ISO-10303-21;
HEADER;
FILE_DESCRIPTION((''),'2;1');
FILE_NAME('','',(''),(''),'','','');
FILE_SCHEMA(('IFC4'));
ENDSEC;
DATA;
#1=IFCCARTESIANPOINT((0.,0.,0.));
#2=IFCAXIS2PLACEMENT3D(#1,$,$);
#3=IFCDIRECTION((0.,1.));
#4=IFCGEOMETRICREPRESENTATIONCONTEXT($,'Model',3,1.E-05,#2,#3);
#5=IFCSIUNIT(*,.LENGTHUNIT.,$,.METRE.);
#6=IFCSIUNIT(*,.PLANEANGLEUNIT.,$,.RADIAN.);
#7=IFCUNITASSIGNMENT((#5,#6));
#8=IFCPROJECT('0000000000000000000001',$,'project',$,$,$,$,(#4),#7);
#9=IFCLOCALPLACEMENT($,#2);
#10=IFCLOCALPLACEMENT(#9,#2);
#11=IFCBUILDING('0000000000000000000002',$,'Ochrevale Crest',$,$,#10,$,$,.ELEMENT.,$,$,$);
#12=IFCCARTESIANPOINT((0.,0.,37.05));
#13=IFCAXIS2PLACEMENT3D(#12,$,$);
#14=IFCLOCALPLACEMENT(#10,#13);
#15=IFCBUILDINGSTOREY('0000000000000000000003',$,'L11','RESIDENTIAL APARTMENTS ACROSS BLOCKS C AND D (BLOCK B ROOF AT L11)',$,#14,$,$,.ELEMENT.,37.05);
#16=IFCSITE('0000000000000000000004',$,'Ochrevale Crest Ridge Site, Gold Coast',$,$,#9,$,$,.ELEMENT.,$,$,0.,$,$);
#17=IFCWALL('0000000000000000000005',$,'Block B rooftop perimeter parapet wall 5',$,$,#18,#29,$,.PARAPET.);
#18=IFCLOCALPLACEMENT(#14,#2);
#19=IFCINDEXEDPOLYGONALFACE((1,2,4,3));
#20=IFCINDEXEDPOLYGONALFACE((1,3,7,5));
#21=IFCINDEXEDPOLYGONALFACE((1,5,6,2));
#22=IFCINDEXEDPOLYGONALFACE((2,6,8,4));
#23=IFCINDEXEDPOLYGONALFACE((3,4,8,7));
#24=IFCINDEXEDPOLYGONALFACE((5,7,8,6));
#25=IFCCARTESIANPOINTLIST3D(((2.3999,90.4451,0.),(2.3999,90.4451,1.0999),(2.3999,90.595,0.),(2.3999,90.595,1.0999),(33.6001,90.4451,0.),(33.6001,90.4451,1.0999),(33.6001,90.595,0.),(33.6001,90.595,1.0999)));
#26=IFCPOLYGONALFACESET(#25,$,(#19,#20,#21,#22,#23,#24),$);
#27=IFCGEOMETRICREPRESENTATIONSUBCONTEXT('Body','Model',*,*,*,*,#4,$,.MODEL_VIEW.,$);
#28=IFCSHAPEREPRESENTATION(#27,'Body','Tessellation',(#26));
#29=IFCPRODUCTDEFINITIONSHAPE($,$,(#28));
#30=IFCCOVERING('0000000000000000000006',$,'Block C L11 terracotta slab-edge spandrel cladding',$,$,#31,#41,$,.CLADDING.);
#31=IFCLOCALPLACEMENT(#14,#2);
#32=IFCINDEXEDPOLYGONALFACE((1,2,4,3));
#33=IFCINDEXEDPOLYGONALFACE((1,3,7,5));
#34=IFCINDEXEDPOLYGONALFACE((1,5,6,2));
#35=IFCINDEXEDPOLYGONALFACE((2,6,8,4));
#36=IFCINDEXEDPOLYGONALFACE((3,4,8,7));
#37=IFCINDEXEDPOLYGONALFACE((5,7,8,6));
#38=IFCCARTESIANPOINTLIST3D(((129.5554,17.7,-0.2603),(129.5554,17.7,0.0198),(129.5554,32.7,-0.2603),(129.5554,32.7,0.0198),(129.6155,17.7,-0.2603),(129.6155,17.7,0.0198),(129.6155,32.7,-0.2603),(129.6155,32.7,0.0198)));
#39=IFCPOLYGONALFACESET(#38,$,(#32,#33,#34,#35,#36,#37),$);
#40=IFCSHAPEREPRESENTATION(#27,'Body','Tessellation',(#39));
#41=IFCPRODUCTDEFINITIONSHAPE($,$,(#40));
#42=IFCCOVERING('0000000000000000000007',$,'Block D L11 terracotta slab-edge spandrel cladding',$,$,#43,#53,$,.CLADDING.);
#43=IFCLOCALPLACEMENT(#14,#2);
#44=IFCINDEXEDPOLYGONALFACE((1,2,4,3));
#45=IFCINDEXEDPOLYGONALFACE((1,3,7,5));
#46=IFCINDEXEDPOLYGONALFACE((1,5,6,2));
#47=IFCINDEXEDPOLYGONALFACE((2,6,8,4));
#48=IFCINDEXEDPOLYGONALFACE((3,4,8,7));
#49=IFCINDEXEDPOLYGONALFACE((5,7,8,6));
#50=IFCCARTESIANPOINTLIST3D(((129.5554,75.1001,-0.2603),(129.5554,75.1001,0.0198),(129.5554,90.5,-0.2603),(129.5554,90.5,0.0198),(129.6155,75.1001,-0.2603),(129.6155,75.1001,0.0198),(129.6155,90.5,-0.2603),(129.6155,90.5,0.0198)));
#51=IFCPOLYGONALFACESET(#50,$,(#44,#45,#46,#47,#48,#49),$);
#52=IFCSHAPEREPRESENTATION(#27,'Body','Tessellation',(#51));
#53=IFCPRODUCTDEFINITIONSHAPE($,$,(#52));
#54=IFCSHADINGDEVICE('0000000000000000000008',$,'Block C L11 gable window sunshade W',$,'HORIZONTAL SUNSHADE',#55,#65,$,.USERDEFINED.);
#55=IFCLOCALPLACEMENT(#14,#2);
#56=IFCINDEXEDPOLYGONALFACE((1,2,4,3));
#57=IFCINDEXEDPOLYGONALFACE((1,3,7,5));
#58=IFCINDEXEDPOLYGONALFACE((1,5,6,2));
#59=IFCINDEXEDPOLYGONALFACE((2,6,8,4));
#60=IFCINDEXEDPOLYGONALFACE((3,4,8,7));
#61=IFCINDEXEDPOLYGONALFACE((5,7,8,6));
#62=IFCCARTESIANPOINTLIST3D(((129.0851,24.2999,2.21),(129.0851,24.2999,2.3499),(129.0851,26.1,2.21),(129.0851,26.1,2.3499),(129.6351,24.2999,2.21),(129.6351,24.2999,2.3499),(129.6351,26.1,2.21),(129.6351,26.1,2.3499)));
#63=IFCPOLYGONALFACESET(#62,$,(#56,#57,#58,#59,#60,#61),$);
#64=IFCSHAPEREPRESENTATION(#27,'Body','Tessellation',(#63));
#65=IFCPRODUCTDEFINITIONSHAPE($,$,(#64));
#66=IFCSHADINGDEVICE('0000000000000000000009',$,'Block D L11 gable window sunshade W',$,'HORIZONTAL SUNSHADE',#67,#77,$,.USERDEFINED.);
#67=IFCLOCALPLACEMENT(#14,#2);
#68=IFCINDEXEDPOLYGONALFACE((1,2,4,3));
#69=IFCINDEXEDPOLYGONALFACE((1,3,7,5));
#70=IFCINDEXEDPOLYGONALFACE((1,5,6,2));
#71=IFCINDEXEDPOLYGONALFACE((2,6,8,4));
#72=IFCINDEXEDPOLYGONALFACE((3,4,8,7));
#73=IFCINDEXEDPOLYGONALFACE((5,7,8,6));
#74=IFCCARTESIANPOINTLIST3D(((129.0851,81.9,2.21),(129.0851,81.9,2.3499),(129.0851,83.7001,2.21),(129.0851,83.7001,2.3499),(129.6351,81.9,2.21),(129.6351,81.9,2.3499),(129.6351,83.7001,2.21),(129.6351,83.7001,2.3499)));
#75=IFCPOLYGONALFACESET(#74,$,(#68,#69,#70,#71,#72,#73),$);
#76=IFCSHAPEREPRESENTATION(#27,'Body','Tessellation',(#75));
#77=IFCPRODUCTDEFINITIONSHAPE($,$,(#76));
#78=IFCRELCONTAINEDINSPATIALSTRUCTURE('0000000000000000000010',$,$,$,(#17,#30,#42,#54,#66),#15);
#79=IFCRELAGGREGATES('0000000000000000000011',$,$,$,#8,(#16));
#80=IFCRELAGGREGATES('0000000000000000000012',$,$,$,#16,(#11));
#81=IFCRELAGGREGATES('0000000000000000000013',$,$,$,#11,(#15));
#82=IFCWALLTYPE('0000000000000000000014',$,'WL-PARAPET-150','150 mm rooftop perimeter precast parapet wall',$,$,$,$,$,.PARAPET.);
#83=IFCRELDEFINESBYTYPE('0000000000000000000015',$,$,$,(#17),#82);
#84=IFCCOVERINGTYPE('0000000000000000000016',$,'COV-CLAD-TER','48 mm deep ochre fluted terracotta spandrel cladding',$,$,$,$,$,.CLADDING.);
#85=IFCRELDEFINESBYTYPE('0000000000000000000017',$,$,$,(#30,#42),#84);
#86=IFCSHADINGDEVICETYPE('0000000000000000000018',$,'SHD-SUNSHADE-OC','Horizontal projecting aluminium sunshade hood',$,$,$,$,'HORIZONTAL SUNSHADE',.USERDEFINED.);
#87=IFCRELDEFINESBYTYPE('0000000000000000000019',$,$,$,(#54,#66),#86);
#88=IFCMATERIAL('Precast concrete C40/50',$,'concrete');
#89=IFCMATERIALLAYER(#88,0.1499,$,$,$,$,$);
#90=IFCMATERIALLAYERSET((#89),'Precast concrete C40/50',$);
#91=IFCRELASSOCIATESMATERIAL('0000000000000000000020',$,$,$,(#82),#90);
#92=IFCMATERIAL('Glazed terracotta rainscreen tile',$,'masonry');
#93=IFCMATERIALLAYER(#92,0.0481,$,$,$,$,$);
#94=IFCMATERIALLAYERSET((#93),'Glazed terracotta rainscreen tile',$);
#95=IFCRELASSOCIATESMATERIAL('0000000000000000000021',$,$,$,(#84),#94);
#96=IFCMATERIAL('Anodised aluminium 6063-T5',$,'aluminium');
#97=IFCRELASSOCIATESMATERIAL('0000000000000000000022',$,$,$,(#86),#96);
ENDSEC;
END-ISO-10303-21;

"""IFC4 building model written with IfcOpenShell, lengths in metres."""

from ifc_helpers import new_model, si_unit, direction, frame, frame_2d, origin, origin_2d, place, context, subcontext, project, spatial, rectangle, extrude, material, layer, layer_set, type_object, element, save


model = new_model("IFC4")

# Units and contexts
model_context = context("Model", 3, precision=1e-05, world=origin(), true_north=direction((0.0, 1.0)))
body_context = subcontext(model_context, "Body", "Model", "MODEL_VIEW")
ifc_project = project(units=[si_unit("LENGTHUNIT", "METRE"), si_unit("PLANEANGLEUNIT", "RADIAN")], contexts=[model_context])

# Site, building, storey
site_placement = place(None, origin())
site = spatial("IfcSite", under=ifc_project, at=site_placement, Name="Ochrevale Crest Ridge Site, Gold Coast", CompositionType="ELEMENT", RefElevation=0.0)
building_placement = place(site_placement, origin())
building = spatial("IfcBuilding", under=site, at=building_placement, Name="Ochrevale Crest", CompositionType="ELEMENT")
storey_placement = place(building_placement, frame((0.0, 0.0, 37.05)))
storey = spatial("IfcBuildingStorey", under=building, at=storey_placement, Name="L11", Description="RESIDENTIAL APARTMENTS ACROSS BLOCKS C AND D (BLOCK B ROOF AT L11)", CompositionType="ELEMENT", Elevation=37.05)

# Shared definitions
ifc_material_1 = material(Name="Precast concrete C40/50", Category="concrete")

# Wall
ifc_layer_1 = layer(ifc_material_1, 0.1499)
ifc_layer_set_1 = layer_set([ifc_layer_1], Name="Precast concrete C40/50")
wall_type = type_object("IfcWallType", Name="WL-PARAPET-150", Description="150 mm rooftop perimeter precast parapet wall", PredefinedType="PARAPET", material=ifc_layer_set_1)
wall_1_placement = place(storey_placement, frame((33.6001, 90.52, 0.0), z_axis=(0.0, 0.0, 1.0), x_axis=(-1.0, 0.0, 0.0)))
element("IfcWall", 1, at=wall_1_placement, inside=storey, type_object=wall_type, Name="Block B rooftop perimeter parapet wall 5", PredefinedType="PARAPET", context=body_context, shape_type="SweptSolid", body=[
    extrude(rectangle(XDim=31.2002, YDim=0.1499, at=frame_2d((15.6001, 0.0))), origin(), (0.0, 0.0, 1.0), 1.0999),
])

# Coverings
ifc_material_2 = material(Name="Glazed terracotta rainscreen tile", Category="masonry")
ifc_layer_2 = layer(ifc_material_2, 0.0481)
ifc_layer_set_2 = layer_set([ifc_layer_2], Name="Glazed terracotta rainscreen tile")
covering_type = type_object("IfcCoveringType", Name="COV-CLAD-TER", Description="48 mm deep ochre fluted terracotta spandrel cladding", PredefinedType="CLADDING", material=ifc_layer_set_2)
covering_1_placement = place(storey_placement, frame((129.5854, 25.2, -0.2603), z_axis=(0.0, 0.0, 1.0), x_axis=(0.0, -1.0, 0.0)))
element("IfcCovering", 2, at=covering_1_placement, inside=storey, type_object=covering_type, Name="Block C L11 terracotta slab-edge spandrel cladding", PredefinedType="CLADDING", context=body_context, shape_type="SweptSolid", body=[
    extrude(rectangle(XDim=15.0, YDim=0.0601, at=origin_2d()), origin(), (0.0, 0.0, 1.0), 0.28),
])
covering_2_placement = place(storey_placement, frame((129.5854, 82.8, -0.2603), z_axis=(0.0, 0.0, 1.0), x_axis=(0.0, -1.0, 0.0)))
element("IfcCovering", 3, at=covering_2_placement, inside=storey, type_object=covering_type, Name="Block D L11 terracotta slab-edge spandrel cladding", PredefinedType="CLADDING", context=body_context, shape_type="SweptSolid", body=[
    extrude(rectangle(XDim=15.3999, YDim=0.0601, at=origin_2d()), origin(), (0.0, 0.0, 1.0), 0.28),
])

# Shading devices
ifc_material_3 = material(Name="Anodised aluminium 6063-T5", Category="aluminium")
shading_device_type = type_object("IfcShadingDeviceType", Name="SHD-SUNSHADE-OC", Description="Horizontal projecting aluminium sunshade hood", ElementType="HORIZONTAL SUNSHADE", PredefinedType="USERDEFINED", material=ifc_material_3)
for number, where, z_axis, x_axis, name in (
    (4, (129.3601, 25.2, 2.21), (0.0, 0.0, 1.0), (1.0, 0.0, 0.0), "Block C L11 gable window sunshade W"),
    (5, (129.3601, 82.8, 2.21), (0.0, 0.0, 1.0), (1.0, 0.0, 0.0), "Block D L11 gable window sunshade W"),
):
    element("IfcShadingDevice", number, at=place(storey_placement, frame(where, z_axis=z_axis, x_axis=x_axis)), inside=storey, type_object=shading_device_type, Name=name, ObjectType="HORIZONTAL SUNSHADE", PredefinedType="USERDEFINED", context=body_context, shape_type="SweptSolid", body=[
        extrude(rectangle(XDim=0.55, YDim=1.8, at=origin_2d()), origin(), (0.0, 0.0, 1.0), 0.1399),
    ])

save(model, "model.ifc")
